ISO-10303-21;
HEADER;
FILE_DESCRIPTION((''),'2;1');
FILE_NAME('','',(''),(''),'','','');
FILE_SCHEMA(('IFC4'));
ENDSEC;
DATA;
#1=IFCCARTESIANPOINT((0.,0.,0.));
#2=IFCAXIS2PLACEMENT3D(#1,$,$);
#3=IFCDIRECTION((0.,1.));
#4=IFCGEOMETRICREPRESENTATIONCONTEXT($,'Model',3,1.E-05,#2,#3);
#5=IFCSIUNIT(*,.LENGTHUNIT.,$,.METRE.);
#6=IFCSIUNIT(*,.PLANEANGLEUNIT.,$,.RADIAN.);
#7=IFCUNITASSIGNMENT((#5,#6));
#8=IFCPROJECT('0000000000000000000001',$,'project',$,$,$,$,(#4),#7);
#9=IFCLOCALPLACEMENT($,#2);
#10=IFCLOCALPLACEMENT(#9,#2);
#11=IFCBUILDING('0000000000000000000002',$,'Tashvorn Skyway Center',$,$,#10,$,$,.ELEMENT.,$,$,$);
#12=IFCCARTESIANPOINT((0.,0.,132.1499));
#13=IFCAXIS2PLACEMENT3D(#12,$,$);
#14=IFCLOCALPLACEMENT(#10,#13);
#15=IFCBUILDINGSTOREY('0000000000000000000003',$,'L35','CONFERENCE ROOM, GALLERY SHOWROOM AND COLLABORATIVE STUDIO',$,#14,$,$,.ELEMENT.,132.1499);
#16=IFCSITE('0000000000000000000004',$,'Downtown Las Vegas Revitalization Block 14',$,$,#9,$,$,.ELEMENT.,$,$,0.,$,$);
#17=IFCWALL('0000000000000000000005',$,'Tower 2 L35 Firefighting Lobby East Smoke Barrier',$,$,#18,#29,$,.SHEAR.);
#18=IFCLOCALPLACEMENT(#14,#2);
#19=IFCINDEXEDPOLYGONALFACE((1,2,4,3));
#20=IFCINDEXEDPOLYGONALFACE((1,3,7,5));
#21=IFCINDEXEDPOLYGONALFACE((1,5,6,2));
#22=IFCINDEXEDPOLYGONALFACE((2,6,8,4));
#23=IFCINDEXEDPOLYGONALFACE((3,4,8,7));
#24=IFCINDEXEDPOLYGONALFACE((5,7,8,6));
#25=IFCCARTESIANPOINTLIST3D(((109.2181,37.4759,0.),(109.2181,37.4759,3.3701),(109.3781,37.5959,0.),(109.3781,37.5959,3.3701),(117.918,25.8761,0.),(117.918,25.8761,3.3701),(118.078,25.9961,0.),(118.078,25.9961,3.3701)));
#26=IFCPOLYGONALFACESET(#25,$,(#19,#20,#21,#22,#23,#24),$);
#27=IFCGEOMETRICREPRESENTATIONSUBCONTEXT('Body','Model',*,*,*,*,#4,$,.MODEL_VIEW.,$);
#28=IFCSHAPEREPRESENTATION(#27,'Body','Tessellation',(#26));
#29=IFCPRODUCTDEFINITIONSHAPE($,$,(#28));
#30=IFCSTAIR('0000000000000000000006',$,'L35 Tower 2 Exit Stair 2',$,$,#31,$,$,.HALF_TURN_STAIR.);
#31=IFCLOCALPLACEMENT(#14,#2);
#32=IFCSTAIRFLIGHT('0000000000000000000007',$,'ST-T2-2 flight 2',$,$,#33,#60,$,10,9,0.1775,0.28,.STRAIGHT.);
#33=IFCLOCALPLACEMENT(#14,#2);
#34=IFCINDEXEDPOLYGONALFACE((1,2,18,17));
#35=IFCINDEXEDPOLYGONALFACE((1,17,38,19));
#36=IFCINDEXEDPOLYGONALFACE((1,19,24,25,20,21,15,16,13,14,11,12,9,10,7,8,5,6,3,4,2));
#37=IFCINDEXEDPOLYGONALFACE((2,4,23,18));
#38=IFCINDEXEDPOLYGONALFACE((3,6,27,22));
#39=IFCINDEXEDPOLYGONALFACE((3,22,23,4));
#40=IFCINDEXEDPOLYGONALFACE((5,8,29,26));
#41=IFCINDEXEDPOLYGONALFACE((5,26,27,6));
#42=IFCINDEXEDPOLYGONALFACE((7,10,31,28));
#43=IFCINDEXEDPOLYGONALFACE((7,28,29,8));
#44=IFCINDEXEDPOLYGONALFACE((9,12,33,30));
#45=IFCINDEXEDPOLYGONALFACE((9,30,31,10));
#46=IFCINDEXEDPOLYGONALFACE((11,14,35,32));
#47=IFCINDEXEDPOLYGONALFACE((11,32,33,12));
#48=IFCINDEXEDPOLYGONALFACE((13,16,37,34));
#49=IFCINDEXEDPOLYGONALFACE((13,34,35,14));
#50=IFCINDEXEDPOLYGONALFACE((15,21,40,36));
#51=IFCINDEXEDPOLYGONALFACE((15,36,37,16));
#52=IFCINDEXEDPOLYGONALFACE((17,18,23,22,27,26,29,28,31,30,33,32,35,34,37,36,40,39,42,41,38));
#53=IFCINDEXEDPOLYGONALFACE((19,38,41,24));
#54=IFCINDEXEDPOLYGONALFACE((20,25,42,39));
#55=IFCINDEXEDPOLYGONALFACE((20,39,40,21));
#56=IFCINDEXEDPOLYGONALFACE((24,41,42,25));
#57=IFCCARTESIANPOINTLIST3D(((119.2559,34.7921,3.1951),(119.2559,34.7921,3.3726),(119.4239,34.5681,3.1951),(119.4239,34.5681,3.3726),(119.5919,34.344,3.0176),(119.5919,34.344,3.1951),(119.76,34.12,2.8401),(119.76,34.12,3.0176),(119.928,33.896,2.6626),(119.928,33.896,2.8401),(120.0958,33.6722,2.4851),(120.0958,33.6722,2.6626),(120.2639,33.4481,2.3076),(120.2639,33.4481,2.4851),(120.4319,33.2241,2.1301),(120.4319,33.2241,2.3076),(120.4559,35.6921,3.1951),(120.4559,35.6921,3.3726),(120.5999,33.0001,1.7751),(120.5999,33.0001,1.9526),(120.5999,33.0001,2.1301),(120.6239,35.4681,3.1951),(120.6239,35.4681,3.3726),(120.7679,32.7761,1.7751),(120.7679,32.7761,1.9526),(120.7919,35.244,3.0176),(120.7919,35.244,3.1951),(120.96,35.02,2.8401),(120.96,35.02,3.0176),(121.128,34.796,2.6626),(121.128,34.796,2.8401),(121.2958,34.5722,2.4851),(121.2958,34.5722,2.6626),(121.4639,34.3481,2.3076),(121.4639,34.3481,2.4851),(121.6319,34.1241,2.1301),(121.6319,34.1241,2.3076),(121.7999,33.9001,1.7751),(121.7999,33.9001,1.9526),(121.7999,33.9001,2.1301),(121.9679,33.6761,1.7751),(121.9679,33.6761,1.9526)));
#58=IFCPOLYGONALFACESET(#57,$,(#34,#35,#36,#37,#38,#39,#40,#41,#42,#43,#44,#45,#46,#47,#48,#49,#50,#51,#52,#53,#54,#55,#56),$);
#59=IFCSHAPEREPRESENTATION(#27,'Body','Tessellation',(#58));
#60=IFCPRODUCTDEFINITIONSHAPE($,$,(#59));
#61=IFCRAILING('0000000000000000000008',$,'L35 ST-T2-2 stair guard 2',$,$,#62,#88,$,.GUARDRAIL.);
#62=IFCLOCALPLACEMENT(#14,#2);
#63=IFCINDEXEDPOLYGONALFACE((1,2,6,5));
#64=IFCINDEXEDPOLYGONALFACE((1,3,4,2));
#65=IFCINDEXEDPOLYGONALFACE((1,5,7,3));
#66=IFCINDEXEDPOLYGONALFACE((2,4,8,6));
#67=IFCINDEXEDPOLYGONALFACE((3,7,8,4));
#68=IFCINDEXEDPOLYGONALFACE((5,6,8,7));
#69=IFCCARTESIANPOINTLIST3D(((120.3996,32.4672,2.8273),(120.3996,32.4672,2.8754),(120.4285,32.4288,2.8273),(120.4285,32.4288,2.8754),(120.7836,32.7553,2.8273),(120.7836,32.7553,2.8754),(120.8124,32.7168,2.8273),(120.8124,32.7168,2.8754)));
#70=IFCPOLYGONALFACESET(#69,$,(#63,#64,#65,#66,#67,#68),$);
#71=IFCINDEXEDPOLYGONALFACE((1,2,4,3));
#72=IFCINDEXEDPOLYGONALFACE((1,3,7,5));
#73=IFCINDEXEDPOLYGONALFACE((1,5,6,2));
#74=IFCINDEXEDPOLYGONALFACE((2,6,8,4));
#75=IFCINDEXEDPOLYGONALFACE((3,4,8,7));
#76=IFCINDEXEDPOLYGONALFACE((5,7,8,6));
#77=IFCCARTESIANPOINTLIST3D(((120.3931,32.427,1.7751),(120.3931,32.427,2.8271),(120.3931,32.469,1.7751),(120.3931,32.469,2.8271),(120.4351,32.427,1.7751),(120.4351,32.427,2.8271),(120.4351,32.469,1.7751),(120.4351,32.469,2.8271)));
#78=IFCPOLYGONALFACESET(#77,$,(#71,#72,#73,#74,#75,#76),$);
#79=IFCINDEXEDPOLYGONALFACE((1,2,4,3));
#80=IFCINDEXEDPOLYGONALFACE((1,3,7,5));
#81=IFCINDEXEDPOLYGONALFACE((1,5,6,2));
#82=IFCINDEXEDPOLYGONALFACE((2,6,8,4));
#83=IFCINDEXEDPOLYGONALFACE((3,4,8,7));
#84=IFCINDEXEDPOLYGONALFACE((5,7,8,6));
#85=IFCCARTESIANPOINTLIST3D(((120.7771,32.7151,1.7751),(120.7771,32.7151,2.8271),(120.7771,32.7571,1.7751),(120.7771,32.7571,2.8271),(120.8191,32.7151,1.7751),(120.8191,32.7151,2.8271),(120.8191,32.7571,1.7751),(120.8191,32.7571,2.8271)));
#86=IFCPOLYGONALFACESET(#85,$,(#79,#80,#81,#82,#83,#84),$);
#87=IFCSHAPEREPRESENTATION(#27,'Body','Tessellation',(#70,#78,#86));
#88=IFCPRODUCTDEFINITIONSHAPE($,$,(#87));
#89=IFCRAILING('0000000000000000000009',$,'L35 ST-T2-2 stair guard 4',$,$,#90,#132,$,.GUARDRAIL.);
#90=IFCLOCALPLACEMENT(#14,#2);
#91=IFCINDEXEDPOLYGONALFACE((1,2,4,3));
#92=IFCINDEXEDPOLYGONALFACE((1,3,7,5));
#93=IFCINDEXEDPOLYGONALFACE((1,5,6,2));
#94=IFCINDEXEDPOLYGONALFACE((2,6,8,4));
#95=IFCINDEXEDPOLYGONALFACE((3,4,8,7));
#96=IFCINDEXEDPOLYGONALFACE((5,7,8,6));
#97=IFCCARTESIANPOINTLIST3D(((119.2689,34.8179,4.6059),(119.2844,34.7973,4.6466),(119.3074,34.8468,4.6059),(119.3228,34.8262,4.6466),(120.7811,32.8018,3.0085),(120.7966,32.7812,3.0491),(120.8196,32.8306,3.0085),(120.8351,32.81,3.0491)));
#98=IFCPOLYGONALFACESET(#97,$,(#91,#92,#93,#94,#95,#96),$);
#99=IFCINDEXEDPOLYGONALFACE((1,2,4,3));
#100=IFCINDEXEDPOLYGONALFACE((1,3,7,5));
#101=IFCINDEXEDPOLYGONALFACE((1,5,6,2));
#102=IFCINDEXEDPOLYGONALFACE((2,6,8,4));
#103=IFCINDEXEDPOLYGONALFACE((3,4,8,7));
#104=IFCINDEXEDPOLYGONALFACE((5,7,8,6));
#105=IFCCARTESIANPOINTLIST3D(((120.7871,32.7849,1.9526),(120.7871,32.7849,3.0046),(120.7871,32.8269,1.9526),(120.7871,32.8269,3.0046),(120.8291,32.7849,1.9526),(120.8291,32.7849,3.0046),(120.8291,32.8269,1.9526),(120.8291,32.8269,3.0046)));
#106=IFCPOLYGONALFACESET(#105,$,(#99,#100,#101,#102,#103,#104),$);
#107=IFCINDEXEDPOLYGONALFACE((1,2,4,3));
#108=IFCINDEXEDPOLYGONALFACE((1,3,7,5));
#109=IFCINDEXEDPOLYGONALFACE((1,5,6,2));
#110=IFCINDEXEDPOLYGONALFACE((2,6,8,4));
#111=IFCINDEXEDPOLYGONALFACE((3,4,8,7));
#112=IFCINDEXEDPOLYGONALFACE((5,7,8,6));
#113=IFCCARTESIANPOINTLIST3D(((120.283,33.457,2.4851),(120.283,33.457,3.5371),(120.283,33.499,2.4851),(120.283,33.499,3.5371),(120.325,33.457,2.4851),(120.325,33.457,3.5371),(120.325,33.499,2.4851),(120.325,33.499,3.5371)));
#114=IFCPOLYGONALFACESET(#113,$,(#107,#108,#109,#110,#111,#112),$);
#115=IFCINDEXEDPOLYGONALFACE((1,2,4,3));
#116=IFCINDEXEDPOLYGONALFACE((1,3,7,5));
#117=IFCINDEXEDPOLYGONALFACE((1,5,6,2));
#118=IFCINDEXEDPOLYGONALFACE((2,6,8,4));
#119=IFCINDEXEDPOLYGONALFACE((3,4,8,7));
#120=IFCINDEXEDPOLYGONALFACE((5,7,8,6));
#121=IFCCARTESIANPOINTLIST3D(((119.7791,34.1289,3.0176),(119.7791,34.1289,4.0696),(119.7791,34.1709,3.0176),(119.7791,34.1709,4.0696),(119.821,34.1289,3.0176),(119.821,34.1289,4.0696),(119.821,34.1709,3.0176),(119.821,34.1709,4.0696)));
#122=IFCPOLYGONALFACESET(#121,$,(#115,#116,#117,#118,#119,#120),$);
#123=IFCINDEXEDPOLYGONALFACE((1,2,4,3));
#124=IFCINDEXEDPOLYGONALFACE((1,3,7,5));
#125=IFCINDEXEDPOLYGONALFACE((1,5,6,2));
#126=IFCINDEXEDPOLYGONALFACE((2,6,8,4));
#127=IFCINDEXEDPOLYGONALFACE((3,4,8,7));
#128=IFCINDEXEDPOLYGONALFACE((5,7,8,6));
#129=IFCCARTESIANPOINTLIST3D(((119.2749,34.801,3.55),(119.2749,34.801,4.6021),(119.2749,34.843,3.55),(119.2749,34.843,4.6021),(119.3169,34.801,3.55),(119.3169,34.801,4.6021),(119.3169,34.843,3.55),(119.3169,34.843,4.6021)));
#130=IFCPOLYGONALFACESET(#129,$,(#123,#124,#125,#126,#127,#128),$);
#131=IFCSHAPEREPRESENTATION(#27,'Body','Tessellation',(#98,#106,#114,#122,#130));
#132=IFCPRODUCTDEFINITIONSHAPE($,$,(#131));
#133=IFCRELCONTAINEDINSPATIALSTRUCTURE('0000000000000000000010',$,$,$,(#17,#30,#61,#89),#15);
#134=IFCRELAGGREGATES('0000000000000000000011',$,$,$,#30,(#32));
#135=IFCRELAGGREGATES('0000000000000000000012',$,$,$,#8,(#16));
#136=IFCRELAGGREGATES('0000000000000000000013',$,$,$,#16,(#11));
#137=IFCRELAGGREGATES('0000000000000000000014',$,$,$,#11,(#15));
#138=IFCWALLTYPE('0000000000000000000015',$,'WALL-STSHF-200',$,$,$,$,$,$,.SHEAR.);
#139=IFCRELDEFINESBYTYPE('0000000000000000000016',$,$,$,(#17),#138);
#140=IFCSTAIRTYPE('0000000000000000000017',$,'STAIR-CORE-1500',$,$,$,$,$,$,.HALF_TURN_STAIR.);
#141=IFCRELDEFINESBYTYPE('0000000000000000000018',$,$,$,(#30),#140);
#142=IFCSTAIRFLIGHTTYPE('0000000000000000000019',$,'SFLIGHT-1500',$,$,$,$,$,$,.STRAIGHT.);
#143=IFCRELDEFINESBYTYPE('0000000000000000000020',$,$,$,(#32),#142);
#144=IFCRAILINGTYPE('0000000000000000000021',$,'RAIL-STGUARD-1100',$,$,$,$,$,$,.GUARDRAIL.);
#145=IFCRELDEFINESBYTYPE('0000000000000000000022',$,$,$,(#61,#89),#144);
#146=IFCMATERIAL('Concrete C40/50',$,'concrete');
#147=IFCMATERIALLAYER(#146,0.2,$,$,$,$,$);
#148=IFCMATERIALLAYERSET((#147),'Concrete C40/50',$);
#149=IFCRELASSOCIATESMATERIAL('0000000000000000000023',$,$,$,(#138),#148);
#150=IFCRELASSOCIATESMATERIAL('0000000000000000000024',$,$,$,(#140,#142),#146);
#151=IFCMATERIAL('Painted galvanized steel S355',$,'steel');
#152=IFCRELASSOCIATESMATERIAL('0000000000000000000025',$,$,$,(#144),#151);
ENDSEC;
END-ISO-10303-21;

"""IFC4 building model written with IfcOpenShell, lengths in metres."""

from ifc_helpers import new_model, si_unit, direction, frame, frame_2d, origin, origin_2d, place, context, subcontext, project, spatial, polyline, rectangle, outline, extrude, material, layer, layer_set, type_object, element, aggregate, save


model = new_model("IFC4")

# Units and contexts
model_context = context("Model", 3, precision=1e-05, world=origin(), true_north=direction((0.0, 1.0)))
body_context = subcontext(model_context, "Body", "Model", "MODEL_VIEW")
ifc_project = project(units=[si_unit("LENGTHUNIT", "METRE"), si_unit("PLANEANGLEUNIT", "RADIAN")], contexts=[model_context])

# Site, building, storey
site_placement = place(None, origin())
site = spatial("IfcSite", under=ifc_project, at=site_placement, Name="Downtown Las Vegas Revitalization Block 14", CompositionType="ELEMENT", RefElevation=0.0)
building_placement = place(site_placement, origin())
building = spatial("IfcBuilding", under=site, at=building_placement, Name="Tashvorn Skyway Center", CompositionType="ELEMENT")
storey_placement = place(building_placement, frame((0.0, 0.0, 132.1499)))
storey = spatial("IfcBuildingStorey", under=building, at=storey_placement, Name="L35", Description="CONFERENCE ROOM, GALLERY SHOWROOM AND COLLABORATIVE STUDIO", CompositionType="ELEMENT", Elevation=132.1499)

# Shared definitions
ifc_material_1 = material(Name="Concrete C40/50", Category="concrete")

# Wall
ifc_layer_1 = layer(ifc_material_1, 0.2)
ifc_layer_set_1 = layer_set([ifc_layer_1], Name="Concrete C40/50")
wall_type_1 = type_object("IfcWallType", Name="WALL-STSHF-200", PredefinedType="SHEAR", material=ifc_layer_set_1)
wall_1_placement = place(storey_placement, frame((117.998, 25.936, 0.0), z_axis=(0.0, 0.0, 1.0), x_axis=(-0.600003, 0.799998, 0.0)))
element("IfcWall", 1, at=wall_1_placement, inside=storey, type_object=wall_type_1, Name="Tower 2 L35 Firefighting Lobby East Smoke Barrier", PredefinedType="SHEAR", context=body_context, shape_type="SweptSolid", body=[
    extrude(rectangle(XDim=14.4998, YDim=0.2, at=frame_2d((7.25, 0.0))), origin(), (0.0, 0.0, 1.0), 3.3701),
])

# Stair, stair flight
stair_type = type_object("IfcStairType", Name="STAIR-CORE-1500", PredefinedType="HALF_TURN_STAIR", material=ifc_material_1)
stair_placement = place(storey_placement, origin())
stair = element("IfcStair", 2, at=stair_placement, inside=storey, type_object=stair_type, Name="L35 Tower 2 Exit Stair 2", PredefinedType="HALF_TURN_STAIR")
stair_flight_type = type_object("IfcStairFlightType", Name="SFLIGHT-1500", PredefinedType="STRAIGHT", material=ifc_material_1)
stair_flight_placement = place(storey_placement, frame((121.3679, 33.2261, 1.7751), z_axis=(0.0, 0.0, 1.0), x_axis=(-0.6, 0.8, 0.0)))
stair_flight = element("IfcStairFlight", 3, at=stair_flight_placement, type_object=stair_flight_type, Name="ST-T2-2 flight 2", NumberOfRisers=10, NumberOfTreads=9, PredefinedType="STRAIGHT", RiserHeight=0.1775, TreadLength=0.28, context=body_context, shape_type="SweptSolid", body=[
    extrude(outline(polyline([(0.0, 0.0), (0.0, 0.1775), (0.28, 0.1775), (0.28, 0.355), (0.5601, 0.355), (0.5601, 0.5325), (0.8401, 0.5325), (0.8401, 0.71), (1.1201, 0.71), (1.1201, 0.8875), (1.3999, 0.8875), (1.3999, 1.0649), (1.6799, 1.0649), (1.6799, 1.2424), (1.96, 1.2424), (1.96, 1.4199), (2.24, 1.4199), (2.24, 1.5974), (2.52, 1.5974), (2.52, 1.7749), (2.52, 1.4199), (0.28, 0.0), (0.0, 0.0)])), frame((0.0, 0.75, 0.0), z_axis=(0.0, -1.0, 0.0), x_axis=(1.0, 0.0, 0.0)), (0.0, 0.0, 1.0), 1.5),
])
aggregate(stair, [stair_flight])

# Railings
ifc_material_2 = material(Name="Painted galvanized steel S355", Category="steel")
railing_type = type_object("IfcRailingType", Name="RAIL-STGUARD-1100", PredefinedType="GUARDRAIL", material=ifc_material_2)
railing_1_placement = place(storey_placement, frame((120.4141, 32.448, 1.7751)))
element("IfcRailing", 4, at=railing_1_placement, inside=storey, type_object=railing_type, Name="L35 ST-T2-2 stair guard 2", PredefinedType="GUARDRAIL", context=body_context, shape_type="SweptSolid", body=[
    extrude(rectangle(XDim=0.0481, YDim=0.0481, at=origin_2d()), frame((0.0, 0.0, 1.0762), z_axis=(0.799939, 0.600081, 0.0), x_axis=(-0.600081, 0.799939, 0.0)), (0.0, 0.0, 1.0), 0.48),
    extrude(rectangle(XDim=0.042, YDim=0.042, at=origin_2d()), origin(), (0.0, 0.0, 1.0), 1.052),
    extrude(rectangle(XDim=0.042, YDim=0.042, at=origin_2d()), frame((0.384, 0.2881, 0.0)), (0.0, 0.0, 1.0), 1.052),
])
railing_2_placement = place(storey_placement, frame((120.8081, 32.8059, 1.9526)))
element("IfcRailing", 5, at=railing_2_placement, inside=storey, type_object=railing_type, Name="L35 ST-T2-2 stair guard 4", PredefinedType="GUARDRAIL", context=body_context, shape_type="SweptSolid", body=[
    extrude(rectangle(XDim=0.0481, YDim=0.0481, at=origin_2d()), frame((0.0, 0.0, 1.0762), z_axis=(-0.506802, 0.675681, 0.535357), x_axis=(-0.799977, -0.600031, 0.0)), (0.0, 0.0, 1.0), 2.9839),
    extrude(rectangle(XDim=0.042, YDim=0.042, at=origin_2d()), origin(), (0.0, 0.0, 1.0), 1.052),
    extrude(rectangle(XDim=0.042, YDim=0.042, at=origin_2d()), frame((-0.5042, 0.6721, 0.5325)), (0.0, 0.0, 1.0), 1.052),
    extrude(rectangle(XDim=0.042, YDim=0.042, at=origin_2d()), frame((-1.0081, 1.344, 1.0649)), (0.0, 0.0, 1.0), 1.052),
    extrude(rectangle(XDim=0.042, YDim=0.042, at=origin_2d()), frame((-1.5122, 2.0161, 1.5974)), (0.0, 0.0, 1.0), 1.052),
])

save(model, "model.ifc")
